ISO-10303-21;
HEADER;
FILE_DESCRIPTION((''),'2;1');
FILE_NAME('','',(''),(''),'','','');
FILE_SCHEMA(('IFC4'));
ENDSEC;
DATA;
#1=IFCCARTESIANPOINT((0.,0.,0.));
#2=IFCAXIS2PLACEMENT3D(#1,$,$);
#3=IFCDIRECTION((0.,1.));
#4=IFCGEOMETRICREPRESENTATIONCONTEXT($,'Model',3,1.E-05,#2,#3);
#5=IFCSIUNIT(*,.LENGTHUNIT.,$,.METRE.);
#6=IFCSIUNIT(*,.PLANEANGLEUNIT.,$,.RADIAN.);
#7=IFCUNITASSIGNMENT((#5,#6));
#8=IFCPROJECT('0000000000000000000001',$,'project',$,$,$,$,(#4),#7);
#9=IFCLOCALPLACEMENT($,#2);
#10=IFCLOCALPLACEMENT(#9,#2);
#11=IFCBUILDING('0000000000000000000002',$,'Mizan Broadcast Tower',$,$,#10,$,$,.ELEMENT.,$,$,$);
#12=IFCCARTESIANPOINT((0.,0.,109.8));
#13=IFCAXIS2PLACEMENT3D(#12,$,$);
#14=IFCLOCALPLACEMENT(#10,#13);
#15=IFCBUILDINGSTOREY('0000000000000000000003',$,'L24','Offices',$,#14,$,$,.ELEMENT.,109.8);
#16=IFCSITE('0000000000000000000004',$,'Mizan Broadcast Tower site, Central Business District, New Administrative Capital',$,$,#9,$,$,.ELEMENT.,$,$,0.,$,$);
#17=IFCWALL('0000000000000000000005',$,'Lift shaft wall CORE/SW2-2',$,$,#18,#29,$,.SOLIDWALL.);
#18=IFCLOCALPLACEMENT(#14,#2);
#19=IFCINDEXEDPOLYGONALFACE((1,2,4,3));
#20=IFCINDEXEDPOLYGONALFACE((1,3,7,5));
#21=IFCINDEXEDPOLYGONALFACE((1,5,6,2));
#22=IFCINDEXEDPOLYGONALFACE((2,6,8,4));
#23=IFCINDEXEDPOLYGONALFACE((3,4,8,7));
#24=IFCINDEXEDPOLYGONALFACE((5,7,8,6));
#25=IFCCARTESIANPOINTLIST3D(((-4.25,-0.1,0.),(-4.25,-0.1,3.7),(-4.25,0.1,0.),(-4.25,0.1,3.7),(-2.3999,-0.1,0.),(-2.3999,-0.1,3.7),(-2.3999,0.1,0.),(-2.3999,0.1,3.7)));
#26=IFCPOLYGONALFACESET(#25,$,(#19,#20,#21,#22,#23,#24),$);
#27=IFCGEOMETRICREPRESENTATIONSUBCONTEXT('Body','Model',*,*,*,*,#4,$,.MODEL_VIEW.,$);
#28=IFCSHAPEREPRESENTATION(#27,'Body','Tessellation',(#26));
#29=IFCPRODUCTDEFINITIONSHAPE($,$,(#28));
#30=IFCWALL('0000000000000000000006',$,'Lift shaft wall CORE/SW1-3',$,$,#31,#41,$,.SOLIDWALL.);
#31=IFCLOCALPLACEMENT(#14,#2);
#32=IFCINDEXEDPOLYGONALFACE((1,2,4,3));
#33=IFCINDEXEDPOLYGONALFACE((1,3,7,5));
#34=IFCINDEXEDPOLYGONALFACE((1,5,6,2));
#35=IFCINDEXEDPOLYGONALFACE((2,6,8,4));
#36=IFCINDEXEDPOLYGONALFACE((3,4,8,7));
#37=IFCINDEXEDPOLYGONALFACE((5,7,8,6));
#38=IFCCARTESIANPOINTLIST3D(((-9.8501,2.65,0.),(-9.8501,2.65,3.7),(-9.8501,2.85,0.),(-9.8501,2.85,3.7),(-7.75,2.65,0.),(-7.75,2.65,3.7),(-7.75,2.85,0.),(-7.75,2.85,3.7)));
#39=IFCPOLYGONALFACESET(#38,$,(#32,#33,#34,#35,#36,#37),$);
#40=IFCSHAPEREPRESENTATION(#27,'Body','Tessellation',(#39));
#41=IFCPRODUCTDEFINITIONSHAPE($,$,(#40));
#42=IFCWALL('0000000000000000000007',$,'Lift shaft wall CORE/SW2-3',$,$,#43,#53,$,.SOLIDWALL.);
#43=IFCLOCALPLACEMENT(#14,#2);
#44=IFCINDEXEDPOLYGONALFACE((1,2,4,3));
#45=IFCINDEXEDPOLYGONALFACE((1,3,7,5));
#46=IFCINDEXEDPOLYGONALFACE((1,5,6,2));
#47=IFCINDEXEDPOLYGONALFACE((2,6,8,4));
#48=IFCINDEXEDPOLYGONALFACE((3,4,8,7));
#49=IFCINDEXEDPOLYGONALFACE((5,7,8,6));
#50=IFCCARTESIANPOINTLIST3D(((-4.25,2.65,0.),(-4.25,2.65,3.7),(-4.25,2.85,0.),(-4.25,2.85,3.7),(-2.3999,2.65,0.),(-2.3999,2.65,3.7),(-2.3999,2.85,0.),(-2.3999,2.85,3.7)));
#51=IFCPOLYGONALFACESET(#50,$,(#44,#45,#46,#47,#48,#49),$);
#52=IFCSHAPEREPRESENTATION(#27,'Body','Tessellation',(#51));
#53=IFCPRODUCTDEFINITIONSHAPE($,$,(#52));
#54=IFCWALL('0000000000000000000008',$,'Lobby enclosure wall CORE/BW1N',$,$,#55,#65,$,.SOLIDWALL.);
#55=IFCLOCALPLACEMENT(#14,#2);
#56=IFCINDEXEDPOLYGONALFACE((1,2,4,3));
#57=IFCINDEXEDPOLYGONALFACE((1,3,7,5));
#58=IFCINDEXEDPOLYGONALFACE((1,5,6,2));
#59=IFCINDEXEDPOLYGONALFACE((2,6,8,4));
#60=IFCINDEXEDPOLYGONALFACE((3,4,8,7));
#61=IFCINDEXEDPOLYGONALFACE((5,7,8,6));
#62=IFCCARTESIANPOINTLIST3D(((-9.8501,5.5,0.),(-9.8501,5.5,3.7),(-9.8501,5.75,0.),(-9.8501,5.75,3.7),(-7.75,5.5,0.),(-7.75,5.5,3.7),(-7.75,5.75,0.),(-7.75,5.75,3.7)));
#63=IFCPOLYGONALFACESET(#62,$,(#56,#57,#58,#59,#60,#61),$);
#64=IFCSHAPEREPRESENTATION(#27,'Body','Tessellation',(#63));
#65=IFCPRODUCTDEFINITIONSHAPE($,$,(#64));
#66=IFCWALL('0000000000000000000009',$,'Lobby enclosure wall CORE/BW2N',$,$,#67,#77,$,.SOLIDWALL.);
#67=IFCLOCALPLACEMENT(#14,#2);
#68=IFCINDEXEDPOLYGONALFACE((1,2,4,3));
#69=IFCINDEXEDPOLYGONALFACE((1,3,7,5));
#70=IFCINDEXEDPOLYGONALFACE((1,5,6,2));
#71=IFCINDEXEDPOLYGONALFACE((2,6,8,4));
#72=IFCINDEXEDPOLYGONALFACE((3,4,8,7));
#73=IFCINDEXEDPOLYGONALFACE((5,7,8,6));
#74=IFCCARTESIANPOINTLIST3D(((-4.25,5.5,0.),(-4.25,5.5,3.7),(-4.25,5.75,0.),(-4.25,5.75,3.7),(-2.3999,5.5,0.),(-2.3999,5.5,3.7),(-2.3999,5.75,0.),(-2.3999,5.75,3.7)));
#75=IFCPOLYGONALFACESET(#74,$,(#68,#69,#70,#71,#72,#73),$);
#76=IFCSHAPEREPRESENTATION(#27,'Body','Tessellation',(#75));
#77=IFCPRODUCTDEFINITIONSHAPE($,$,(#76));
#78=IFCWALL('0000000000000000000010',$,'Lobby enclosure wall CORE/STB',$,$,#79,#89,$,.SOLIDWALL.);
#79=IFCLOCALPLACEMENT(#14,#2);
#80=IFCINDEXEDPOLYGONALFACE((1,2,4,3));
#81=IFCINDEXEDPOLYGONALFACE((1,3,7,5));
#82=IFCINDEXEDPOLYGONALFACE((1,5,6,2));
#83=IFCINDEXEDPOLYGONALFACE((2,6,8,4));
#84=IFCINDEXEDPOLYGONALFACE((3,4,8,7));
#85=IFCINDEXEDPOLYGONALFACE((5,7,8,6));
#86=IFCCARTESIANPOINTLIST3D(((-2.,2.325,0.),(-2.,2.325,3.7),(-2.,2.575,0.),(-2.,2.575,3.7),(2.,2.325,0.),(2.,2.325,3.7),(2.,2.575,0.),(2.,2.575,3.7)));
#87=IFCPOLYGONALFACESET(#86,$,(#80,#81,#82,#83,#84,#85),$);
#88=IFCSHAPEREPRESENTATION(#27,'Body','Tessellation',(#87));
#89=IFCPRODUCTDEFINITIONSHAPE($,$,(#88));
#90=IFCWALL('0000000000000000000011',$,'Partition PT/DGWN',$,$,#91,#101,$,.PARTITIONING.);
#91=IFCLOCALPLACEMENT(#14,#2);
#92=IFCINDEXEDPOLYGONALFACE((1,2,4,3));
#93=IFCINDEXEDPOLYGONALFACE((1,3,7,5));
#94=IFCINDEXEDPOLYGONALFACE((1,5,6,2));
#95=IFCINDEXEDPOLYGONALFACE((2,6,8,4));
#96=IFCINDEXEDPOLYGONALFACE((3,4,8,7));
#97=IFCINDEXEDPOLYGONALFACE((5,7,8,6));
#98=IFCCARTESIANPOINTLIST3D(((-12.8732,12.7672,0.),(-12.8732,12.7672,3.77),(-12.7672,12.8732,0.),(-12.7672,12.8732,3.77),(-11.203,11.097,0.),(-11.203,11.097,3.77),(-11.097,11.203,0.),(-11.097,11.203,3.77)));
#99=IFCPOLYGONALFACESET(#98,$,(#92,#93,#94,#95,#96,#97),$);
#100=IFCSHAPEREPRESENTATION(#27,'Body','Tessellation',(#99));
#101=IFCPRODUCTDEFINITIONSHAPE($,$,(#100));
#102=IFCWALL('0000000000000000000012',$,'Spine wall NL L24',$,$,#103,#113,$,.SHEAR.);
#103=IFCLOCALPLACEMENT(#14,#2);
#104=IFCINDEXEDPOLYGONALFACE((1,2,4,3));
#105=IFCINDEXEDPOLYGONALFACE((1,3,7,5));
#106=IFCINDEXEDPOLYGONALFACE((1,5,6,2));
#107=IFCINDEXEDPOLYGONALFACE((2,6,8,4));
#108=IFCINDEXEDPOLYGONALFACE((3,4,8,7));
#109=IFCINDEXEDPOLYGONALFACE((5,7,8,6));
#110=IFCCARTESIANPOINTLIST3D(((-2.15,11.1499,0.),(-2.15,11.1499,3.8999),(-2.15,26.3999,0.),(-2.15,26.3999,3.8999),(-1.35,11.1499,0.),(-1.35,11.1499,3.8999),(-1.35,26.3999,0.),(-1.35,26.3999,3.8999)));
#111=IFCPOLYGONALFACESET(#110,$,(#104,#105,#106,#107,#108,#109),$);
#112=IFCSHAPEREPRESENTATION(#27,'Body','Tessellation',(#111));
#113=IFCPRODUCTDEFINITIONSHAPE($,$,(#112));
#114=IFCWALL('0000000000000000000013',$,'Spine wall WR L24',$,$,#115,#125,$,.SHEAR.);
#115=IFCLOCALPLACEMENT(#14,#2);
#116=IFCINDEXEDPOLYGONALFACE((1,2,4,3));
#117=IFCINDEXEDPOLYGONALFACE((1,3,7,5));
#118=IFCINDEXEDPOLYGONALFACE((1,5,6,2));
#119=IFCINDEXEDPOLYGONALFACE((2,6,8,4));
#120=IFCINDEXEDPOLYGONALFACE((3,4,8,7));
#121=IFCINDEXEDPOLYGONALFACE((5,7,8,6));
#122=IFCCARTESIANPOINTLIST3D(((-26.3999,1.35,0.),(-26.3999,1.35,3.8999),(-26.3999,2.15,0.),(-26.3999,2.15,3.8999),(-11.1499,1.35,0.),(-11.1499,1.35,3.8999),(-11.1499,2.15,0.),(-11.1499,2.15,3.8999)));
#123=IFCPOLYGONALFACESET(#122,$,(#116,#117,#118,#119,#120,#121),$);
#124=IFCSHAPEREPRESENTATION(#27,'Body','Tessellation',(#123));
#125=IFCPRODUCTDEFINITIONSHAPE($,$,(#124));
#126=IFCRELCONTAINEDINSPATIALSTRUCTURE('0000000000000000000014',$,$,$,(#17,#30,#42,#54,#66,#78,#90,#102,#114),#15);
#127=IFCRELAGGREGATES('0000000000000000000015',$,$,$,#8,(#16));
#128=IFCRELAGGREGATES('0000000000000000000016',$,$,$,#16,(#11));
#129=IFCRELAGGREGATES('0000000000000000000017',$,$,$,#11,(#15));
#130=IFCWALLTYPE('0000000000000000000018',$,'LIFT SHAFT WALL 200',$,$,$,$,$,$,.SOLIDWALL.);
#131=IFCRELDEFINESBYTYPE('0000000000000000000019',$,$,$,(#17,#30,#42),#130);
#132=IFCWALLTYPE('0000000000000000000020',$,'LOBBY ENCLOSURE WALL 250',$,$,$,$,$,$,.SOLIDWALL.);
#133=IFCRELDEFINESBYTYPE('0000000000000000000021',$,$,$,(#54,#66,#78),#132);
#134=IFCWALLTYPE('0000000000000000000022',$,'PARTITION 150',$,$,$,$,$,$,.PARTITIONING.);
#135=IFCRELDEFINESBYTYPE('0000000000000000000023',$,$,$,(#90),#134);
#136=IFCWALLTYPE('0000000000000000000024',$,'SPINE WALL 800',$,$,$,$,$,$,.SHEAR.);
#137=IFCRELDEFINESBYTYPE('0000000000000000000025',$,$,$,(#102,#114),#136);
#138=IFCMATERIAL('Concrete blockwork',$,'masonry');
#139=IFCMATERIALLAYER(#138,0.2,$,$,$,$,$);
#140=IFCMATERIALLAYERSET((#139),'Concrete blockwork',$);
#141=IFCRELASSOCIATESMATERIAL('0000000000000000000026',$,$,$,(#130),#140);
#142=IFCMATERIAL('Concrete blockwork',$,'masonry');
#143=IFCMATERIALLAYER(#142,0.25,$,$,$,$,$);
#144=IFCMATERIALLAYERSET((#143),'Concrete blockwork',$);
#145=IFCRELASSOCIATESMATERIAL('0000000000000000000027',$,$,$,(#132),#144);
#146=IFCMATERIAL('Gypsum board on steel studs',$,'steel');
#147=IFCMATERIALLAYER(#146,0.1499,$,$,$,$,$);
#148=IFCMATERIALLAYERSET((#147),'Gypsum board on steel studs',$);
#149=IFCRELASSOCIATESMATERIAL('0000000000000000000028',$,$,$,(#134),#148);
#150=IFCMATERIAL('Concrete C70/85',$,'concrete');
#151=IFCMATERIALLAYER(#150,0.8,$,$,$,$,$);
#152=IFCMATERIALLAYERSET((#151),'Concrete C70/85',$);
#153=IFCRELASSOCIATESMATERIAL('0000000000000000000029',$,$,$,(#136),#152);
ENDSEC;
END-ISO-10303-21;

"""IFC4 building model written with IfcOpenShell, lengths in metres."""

from ifc_helpers import new_model, si_unit, direction, frame, frame_2d, origin, place, context, subcontext, project, spatial, rectangle, extrude, material, layer, layer_set, type_object, element, save


model = new_model("IFC4")

# Units and contexts
model_context = context("Model", 3, precision=1e-05, world=origin(), true_north=direction((0.0, 1.0)))
body_context = subcontext(model_context, "Body", "Model", "MODEL_VIEW")
ifc_project = project(units=[si_unit("LENGTHUNIT", "METRE"), si_unit("PLANEANGLEUNIT", "RADIAN")], contexts=[model_context])

# Site, building, storey
site_placement = place(None, origin())
site = spatial("IfcSite", under=ifc_project, at=site_placement, Name="Mizan Broadcast Tower site, Central Business District, New Administrative Capital", CompositionType="ELEMENT", RefElevation=0.0)
building_placement = place(site_placement, origin())
building = spatial("IfcBuilding", under=site, at=building_placement, Name="Mizan Broadcast Tower", CompositionType="ELEMENT")
storey_placement = place(building_placement, frame((0.0, 0.0, 109.8)))
storey = spatial("IfcBuildingStorey", under=building, at=storey_placement, Name="L24", Description="Offices", CompositionType="ELEMENT", Elevation=109.8)

# Walls
ifc_material_1 = material(Name="Concrete blockwork", Category="masonry")
ifc_layer_1 = layer(ifc_material_1, 0.2)
ifc_layer_set_1 = layer_set([ifc_layer_1], Name="Concrete blockwork")
wall_type_1 = type_object("IfcWallType", Name="LIFT SHAFT WALL 200", PredefinedType="SOLIDWALL", material=ifc_layer_set_1)
wall_1_placement = place(storey_placement, frame((-4.25, 0.0, 0.0), z_axis=(0.0, 0.0, 1.0), x_axis=(1.0, 0.0, 0.0)))
element("IfcWall", 1, at=wall_1_placement, inside=storey, type_object=wall_type_1, Name="Lift shaft wall CORE/SW2-2", PredefinedType="SOLIDWALL", context=body_context, shape_type="SweptSolid", body=[
    extrude(rectangle(XDim=1.8501, YDim=0.2, at=frame_2d((0.925, 0.0))), origin(), (0.0, 0.0, 1.0), 3.7),
])
wall_2_placement = place(storey_placement, frame((-9.8501, 2.75, 0.0), z_axis=(0.0, 0.0, 1.0), x_axis=(1.0, 0.0, 0.0)))
element("IfcWall", 2, at=wall_2_placement, inside=storey, type_object=wall_type_1, Name="Lift shaft wall CORE/SW1-3", PredefinedType="SOLIDWALL", context=body_context, shape_type="SweptSolid", body=[
    extrude(rectangle(XDim=2.1001, YDim=0.2, at=frame_2d((1.05, 0.0))), origin(), (0.0, 0.0, 1.0), 3.7),
])
wall_3_placement = place(storey_placement, frame((-4.25, 2.75, 0.0), z_axis=(0.0, 0.0, 1.0), x_axis=(1.0, 0.0, 0.0)))
element("IfcWall", 3, at=wall_3_placement, inside=storey, type_object=wall_type_1, Name="Lift shaft wall CORE/SW2-3", PredefinedType="SOLIDWALL", context=body_context, shape_type="SweptSolid", body=[
    extrude(rectangle(XDim=1.8501, YDim=0.2, at=frame_2d((0.925, 0.0))), origin(), (0.0, 0.0, 1.0), 3.7),
])
ifc_material_2 = material(Name="Concrete blockwork", Category="masonry")
ifc_layer_2 = layer(ifc_material_2, 0.25)
ifc_layer_set_2 = layer_set([ifc_layer_2], Name="Concrete blockwork")
wall_type_2 = type_object("IfcWallType", Name="LOBBY ENCLOSURE WALL 250", PredefinedType="SOLIDWALL", material=ifc_layer_set_2)
wall_4_placement = place(storey_placement, frame((-9.8501, 5.625, 0.0), z_axis=(0.0, 0.0, 1.0), x_axis=(1.0, 0.0, 0.0)))
element("IfcWall", 4, at=wall_4_placement, inside=storey, type_object=wall_type_2, Name="Lobby enclosure wall CORE/BW1N", PredefinedType="SOLIDWALL", context=body_context, shape_type="SweptSolid", body=[
    extrude(rectangle(XDim=2.1001, YDim=0.25, at=frame_2d((1.05, 0.0))), origin(), (0.0, 0.0, 1.0), 3.7),
])
wall_5_placement = place(storey_placement, frame((-4.25, 5.625, 0.0), z_axis=(0.0, 0.0, 1.0), x_axis=(1.0, 0.0, 0.0)))
element("IfcWall", 5, at=wall_5_placement, inside=storey, type_object=wall_type_2, Name="Lobby enclosure wall CORE/BW2N", PredefinedType="SOLIDWALL", context=body_context, shape_type="SweptSolid", body=[
    extrude(rectangle(XDim=1.8501, YDim=0.25, at=frame_2d((0.925, 0.0))), origin(), (0.0, 0.0, 1.0), 3.7),
])
wall_6_placement = place(storey_placement, frame((-2.0, 2.45, 0.0), z_axis=(0.0, 0.0, 1.0), x_axis=(1.0, 0.0, 0.0)))
element("IfcWall", 6, at=wall_6_placement, inside=storey, type_object=wall_type_2, Name="Lobby enclosure wall CORE/STB", PredefinedType="SOLIDWALL", context=body_context, shape_type="SweptSolid", body=[
    extrude(rectangle(XDim=4.0, YDim=0.25, at=frame_2d((2.0, 0.0))), origin(), (0.0, 0.0, 1.0), 3.7),
])
ifc_material_3 = material(Name="Gypsum board on steel studs", Category="steel")
ifc_layer_3 = layer(ifc_material_3, 0.1499)
ifc_layer_set_3 = layer_set([ifc_layer_3], Name="Gypsum board on steel studs")
wall_type_3 = type_object("IfcWallType", Name="PARTITION 150", PredefinedType="PARTITIONING", material=ifc_layer_set_3)
wall_7_placement = place(storey_placement, frame((-11.1499, 11.1499, 0.0), z_axis=(0.0, 0.0, 1.0), x_axis=(-0.707107, 0.707107, 0.0)))
element("IfcWall", 7, at=wall_7_placement, inside=storey, type_object=wall_type_3, Name="Partition PT/DGWN", PredefinedType="PARTITIONING", context=body_context, shape_type="SweptSolid", body=[
    extrude(rectangle(XDim=2.3621, YDim=0.1499, at=frame_2d((1.1812, 0.0))), origin(), (0.0, 0.0, 1.0), 3.77),
])
ifc_material_4 = material(Name="Concrete C70/85", Category="concrete")
ifc_layer_4 = layer(ifc_material_4, 0.8)
ifc_layer_set_4 = layer_set([ifc_layer_4], Name="Concrete C70/85")
wall_type_4 = type_object("IfcWallType", Name="SPINE WALL 800", PredefinedType="SHEAR", material=ifc_layer_set_4)
for number, where, z_axis, x_axis, name in (
    (8, (-1.75, 11.1499, 0.0), (0.0, 0.0, 1.0), (0.0, 1.0, 0.0), "Spine wall NL L24"),
    (9, (-11.1499, 1.75, 0.0), (0.0, 0.0, 1.0), (-1.0, 0.0, 0.0), "Spine wall WR L24"),
):
    element("IfcWall", number, at=place(storey_placement, frame(where, z_axis=z_axis, x_axis=x_axis)), inside=storey, type_object=wall_type_4, Name=name, PredefinedType="SHEAR", context=body_context, shape_type="SweptSolid", body=[
        extrude(rectangle(XDim=15.25, YDim=0.8, at=frame_2d((7.625, 0.0))), origin(), (0.0, 0.0, 1.0), 3.8999),
    ])

save(model, "model.ifc")
